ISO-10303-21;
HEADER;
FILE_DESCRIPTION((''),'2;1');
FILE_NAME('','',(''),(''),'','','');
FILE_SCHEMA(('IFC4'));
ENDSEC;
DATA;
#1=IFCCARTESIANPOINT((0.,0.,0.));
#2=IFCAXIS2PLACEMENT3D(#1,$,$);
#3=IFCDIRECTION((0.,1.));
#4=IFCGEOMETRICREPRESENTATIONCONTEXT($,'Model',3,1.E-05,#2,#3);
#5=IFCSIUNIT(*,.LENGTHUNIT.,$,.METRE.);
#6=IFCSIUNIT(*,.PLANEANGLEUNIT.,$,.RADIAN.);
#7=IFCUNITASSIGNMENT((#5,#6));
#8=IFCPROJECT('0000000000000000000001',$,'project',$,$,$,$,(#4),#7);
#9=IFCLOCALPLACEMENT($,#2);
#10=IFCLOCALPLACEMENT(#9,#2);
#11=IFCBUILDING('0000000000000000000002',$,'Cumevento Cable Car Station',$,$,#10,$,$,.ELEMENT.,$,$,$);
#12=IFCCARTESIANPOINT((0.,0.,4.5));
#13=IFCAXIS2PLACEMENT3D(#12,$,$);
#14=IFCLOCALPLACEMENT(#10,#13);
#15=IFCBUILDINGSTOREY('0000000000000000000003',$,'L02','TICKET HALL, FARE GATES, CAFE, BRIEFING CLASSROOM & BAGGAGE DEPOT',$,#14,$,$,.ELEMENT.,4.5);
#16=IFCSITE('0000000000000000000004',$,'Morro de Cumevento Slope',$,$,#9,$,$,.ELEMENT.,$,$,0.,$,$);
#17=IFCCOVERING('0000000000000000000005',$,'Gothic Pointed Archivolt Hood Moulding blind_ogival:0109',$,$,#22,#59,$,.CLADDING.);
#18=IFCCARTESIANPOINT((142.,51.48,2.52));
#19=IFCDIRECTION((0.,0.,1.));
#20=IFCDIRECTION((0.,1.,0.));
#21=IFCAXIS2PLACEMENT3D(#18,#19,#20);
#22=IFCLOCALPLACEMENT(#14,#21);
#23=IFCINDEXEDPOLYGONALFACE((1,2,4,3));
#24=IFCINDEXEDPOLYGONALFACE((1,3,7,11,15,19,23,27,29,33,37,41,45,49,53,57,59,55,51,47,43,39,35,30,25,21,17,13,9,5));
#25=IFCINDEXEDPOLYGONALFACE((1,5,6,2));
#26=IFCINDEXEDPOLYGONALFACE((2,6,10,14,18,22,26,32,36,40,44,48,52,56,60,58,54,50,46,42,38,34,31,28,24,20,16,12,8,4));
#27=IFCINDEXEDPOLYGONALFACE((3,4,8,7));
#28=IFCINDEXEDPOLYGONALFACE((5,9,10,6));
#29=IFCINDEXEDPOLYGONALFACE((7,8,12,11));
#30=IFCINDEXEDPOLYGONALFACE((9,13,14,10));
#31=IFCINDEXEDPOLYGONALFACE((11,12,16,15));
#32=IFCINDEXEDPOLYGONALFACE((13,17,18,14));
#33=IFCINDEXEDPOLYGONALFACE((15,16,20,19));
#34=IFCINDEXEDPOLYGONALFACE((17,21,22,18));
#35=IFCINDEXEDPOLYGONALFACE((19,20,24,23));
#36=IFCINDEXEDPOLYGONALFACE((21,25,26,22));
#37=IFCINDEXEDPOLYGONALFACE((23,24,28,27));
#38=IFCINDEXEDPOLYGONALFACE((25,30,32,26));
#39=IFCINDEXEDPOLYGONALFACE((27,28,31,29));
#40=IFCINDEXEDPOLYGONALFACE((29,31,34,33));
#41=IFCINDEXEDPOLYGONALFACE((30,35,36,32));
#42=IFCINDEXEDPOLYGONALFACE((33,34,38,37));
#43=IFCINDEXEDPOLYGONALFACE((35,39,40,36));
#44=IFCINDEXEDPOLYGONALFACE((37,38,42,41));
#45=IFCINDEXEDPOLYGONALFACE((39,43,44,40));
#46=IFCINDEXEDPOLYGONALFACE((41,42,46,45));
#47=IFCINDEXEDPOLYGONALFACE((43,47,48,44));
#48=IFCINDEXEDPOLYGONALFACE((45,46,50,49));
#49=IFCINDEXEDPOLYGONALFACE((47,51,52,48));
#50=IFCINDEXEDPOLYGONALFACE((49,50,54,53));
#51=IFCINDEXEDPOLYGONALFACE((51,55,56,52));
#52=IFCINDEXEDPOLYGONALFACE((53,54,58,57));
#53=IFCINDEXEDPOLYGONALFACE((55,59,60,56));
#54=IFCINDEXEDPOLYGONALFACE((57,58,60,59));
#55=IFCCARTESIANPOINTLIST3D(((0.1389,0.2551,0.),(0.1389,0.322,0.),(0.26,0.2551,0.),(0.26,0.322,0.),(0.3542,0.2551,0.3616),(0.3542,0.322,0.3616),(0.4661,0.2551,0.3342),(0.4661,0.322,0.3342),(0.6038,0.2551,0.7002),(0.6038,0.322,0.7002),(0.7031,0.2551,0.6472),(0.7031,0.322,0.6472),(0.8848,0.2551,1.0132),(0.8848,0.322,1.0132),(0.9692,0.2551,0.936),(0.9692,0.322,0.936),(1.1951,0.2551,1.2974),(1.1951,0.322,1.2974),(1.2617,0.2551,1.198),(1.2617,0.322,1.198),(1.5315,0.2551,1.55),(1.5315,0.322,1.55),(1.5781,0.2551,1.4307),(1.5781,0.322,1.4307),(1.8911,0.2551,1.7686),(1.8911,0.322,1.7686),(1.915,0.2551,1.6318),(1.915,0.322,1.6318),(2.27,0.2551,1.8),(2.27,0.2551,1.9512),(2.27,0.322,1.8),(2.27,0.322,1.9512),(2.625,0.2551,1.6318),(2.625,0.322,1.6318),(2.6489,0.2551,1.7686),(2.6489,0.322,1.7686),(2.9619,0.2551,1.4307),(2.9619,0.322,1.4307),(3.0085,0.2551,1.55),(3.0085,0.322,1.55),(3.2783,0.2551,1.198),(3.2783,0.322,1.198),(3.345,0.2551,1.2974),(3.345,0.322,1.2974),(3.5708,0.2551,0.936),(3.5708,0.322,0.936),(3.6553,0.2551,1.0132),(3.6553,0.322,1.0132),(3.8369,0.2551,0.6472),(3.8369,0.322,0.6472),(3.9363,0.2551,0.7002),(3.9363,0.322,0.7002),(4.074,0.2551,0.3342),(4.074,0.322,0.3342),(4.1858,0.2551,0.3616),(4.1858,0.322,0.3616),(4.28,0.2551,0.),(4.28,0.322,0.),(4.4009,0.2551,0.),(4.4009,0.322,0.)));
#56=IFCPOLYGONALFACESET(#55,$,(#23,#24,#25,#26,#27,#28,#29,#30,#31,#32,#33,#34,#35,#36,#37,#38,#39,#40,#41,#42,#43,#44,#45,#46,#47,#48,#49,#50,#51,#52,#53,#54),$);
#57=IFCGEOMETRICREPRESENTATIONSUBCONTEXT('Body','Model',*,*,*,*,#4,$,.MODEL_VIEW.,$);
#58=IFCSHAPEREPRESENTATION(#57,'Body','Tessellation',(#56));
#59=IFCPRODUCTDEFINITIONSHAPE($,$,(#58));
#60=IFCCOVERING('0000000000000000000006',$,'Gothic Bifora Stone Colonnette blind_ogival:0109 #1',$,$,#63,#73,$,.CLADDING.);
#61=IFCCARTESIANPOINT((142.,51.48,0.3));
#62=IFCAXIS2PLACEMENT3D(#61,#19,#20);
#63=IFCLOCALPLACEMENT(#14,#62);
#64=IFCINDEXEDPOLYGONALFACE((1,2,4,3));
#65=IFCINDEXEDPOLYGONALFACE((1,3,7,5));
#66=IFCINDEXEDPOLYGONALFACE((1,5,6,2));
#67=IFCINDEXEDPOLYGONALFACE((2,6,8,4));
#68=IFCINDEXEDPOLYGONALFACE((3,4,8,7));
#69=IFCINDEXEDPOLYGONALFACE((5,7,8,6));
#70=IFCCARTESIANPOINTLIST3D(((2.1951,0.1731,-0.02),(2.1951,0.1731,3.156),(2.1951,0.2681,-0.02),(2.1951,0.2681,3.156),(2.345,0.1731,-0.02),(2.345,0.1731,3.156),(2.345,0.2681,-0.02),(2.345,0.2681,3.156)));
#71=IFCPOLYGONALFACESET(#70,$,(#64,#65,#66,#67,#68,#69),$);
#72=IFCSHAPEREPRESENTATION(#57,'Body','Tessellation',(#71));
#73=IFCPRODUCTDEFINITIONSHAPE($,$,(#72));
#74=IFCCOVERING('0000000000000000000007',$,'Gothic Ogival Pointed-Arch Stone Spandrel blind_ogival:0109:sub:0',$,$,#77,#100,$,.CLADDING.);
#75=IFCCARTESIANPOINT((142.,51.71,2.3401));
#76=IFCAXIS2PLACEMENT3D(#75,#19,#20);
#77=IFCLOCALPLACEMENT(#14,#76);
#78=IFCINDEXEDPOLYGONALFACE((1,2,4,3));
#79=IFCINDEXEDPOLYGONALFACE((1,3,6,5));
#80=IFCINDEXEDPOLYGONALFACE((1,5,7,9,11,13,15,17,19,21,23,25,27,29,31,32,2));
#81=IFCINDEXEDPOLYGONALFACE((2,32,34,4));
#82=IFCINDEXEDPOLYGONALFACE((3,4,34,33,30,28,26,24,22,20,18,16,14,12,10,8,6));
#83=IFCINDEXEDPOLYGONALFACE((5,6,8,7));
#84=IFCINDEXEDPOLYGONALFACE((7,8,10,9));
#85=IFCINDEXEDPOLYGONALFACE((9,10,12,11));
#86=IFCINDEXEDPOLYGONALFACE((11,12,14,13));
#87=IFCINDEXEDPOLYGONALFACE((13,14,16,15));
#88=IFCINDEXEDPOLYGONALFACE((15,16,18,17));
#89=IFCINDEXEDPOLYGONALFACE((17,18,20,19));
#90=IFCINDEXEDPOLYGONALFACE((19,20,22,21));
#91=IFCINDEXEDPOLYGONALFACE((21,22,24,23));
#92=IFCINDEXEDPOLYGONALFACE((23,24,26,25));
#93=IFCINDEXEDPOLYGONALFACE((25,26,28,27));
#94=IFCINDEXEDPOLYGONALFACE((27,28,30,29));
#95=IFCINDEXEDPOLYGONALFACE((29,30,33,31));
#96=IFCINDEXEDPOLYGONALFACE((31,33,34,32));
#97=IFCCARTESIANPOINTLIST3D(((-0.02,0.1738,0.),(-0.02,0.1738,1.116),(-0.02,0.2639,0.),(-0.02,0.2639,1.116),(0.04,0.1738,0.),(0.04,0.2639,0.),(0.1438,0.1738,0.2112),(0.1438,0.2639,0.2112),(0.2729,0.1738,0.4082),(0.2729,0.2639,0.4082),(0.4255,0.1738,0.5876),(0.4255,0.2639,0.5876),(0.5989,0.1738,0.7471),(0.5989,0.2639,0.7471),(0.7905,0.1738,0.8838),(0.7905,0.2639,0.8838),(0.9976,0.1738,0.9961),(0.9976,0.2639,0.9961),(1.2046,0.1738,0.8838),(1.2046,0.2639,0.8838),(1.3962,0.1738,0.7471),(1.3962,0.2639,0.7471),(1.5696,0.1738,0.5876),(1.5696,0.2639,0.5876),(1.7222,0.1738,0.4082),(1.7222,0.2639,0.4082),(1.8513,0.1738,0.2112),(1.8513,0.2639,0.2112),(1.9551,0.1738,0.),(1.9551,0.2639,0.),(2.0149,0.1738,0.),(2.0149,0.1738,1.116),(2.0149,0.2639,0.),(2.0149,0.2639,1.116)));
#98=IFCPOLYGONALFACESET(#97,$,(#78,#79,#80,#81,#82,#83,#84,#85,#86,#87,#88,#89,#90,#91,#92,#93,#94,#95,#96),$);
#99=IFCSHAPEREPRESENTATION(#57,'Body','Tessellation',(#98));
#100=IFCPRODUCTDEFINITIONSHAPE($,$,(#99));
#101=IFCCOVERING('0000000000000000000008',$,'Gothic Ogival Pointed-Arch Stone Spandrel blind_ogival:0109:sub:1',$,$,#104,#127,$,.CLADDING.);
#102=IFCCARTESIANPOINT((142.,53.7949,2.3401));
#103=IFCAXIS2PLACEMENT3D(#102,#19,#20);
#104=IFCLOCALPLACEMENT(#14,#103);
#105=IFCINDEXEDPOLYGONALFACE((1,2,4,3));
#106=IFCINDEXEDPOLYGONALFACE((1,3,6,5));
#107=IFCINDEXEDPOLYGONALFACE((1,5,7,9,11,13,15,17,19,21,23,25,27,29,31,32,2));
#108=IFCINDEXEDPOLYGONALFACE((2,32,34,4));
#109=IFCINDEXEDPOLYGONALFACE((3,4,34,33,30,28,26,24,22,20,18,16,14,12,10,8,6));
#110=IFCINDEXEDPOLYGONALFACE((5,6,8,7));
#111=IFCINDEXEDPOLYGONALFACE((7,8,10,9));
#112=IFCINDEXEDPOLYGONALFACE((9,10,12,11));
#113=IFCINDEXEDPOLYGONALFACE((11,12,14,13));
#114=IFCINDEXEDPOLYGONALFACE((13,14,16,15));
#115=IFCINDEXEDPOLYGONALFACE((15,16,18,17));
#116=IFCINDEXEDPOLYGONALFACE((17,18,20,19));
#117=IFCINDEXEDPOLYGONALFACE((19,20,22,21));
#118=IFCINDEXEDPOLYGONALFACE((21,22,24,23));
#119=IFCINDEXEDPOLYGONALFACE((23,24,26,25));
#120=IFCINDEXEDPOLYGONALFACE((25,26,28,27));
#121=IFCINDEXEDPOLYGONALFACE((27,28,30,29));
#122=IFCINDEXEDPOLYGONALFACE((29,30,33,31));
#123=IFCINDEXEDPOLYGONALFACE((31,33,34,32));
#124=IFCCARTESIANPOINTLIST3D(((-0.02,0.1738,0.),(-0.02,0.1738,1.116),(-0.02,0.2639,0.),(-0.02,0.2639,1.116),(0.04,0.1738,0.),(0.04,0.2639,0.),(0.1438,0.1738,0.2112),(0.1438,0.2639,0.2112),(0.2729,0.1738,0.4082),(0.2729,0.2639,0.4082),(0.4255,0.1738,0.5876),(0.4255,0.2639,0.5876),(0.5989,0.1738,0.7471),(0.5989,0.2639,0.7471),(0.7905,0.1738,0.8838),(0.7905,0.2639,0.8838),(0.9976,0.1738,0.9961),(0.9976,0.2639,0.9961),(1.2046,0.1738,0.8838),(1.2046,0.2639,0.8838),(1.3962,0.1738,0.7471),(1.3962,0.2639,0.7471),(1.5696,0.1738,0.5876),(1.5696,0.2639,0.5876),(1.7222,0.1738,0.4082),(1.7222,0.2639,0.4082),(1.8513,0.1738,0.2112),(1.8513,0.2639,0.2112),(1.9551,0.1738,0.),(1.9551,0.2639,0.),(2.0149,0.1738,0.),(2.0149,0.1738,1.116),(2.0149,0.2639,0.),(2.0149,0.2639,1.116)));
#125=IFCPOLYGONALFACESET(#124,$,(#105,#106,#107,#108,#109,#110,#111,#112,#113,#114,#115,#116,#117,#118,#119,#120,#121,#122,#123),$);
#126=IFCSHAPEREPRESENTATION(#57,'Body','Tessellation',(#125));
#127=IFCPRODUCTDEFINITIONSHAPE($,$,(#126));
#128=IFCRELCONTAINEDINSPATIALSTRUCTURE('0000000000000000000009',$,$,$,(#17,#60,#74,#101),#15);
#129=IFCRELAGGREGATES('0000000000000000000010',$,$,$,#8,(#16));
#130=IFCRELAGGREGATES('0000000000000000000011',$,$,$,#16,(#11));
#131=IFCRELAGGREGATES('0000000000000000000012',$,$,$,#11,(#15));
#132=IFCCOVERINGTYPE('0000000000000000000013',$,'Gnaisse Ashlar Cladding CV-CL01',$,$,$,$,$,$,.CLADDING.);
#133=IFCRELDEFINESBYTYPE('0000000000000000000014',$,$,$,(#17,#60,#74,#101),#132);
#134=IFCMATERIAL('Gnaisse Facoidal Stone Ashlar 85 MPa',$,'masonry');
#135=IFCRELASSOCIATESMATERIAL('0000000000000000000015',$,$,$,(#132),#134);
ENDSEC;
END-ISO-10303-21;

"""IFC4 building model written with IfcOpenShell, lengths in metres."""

from ifc_helpers import new_model, si_unit, direction, frame, origin, place, context, subcontext, project, spatial, polyline, outline, extrude, material, type_object, element, save


model = new_model("IFC4")

# Units and contexts
model_context = context("Model", 3, precision=1e-05, world=origin(), true_north=direction((0.0, 1.0)))
body_context = subcontext(model_context, "Body", "Model", "MODEL_VIEW")
ifc_project = project(units=[si_unit("LENGTHUNIT", "METRE"), si_unit("PLANEANGLEUNIT", "RADIAN")], contexts=[model_context])

# Site, building, storey
site_placement = place(None, origin())
site = spatial("IfcSite", under=ifc_project, at=site_placement, Name="Morro de Cumevento Slope", CompositionType="ELEMENT", RefElevation=0.0)
building_placement = place(site_placement, origin())
building = spatial("IfcBuilding", under=site, at=building_placement, Name="Cumevento Cable Car Station", CompositionType="ELEMENT")
storey_placement = place(building_placement, frame((0.0, 0.0, 4.5)))
storey = spatial("IfcBuildingStorey", under=building, at=storey_placement, Name="L02", Description="TICKET HALL, FARE GATES, CAFE, BRIEFING CLASSROOM & BAGGAGE DEPOT", CompositionType="ELEMENT", Elevation=4.5)

# Coverings
ifc_material_1 = material(Name="Gnaisse Facoidal Stone Ashlar 85 MPa", Category="masonry")
covering_type = type_object("IfcCoveringType", Name="Gnaisse Ashlar Cladding CV-CL01", PredefinedType="CLADDING", material=ifc_material_1)
placement_1 = place(storey_placement, frame((142.0, 51.48, 0.3), z_axis=(0.0, 0.0, 1.0), x_axis=(0.0, 1.0, 0.0)))
covering_1_placement = place(storey_placement, frame((142.0, 51.48, 2.52), z_axis=(0.0, 0.0, 1.0), x_axis=(0.0, 1.0, 0.0)))
element("IfcCovering", 1, at=covering_1_placement, inside=storey, type_object=covering_type, Name="Gothic Pointed Archivolt Hood Moulding blind_ogival:0109", PredefinedType="CLADDING", context=body_context, shape_type="SweptSolid", body=[
    extrude(outline(polyline([(0.26, 0.0), (0.4661, 0.3342), (0.7031, 0.6472), (0.9692, 0.936), (1.2617, 1.198), (1.5781, 1.4307), (1.915, 1.6318), (2.27, 1.8), (2.625, 1.6318), (2.9619, 1.4307), (3.2783, 1.198), (3.5708, 0.936), (3.8369, 0.6472), (4.074, 0.3342), (4.28, 0.0), (4.4009, 0.0), (4.1858, 0.3616), (3.9363, 0.7002), (3.6553, 1.0132), (3.345, 1.2974), (3.0085, 1.55), (2.6489, 1.7686), (2.27, 1.9512), (1.8911, 1.7686), (1.5315, 1.55), (1.1951, 1.2974), (0.8848, 1.0132), (0.6038, 0.7002), (0.3542, 0.3616), (0.1389, 0.0), (0.26, 0.0)])), frame((0.0, 0.322, 0.0), z_axis=(0.0, -1.0, 0.0), x_axis=(1.0, 0.0, 0.0)), (0.0, 0.0, 1.0), 0.0669),
])
element("IfcCovering", 2, at=placement_1, inside=storey, type_object=covering_type, Name="Gothic Bifora Stone Colonnette blind_ogival:0109 #1", PredefinedType="CLADDING", context=body_context, shape_type="SweptSolid", body=[
    extrude(outline(polyline([(2.1951, -0.02), (2.345, -0.02), (2.345, 3.156), (2.1951, 3.156), (2.1951, -0.02)])), frame((0.0, 0.2681, 0.0), z_axis=(0.0, -1.0, 0.0), x_axis=(1.0, 0.0, 0.0)), (0.0, 0.0, 1.0), 0.095),
])
for number, where, z_axis, x_axis, name in (
    (3, (142.0, 51.71, 2.3401), (0.0, 0.0, 1.0), (0.0, 1.0, 0.0), "Gothic Ogival Pointed-Arch Stone Spandrel blind_ogival:0109:sub:0"),
    (4, (142.0, 53.7949, 2.3401), (0.0, 0.0, 1.0), (0.0, 1.0, 0.0), "Gothic Ogival Pointed-Arch Stone Spandrel blind_ogival:0109:sub:1"),
):
    element("IfcCovering", number, at=place(storey_placement, frame(where, z_axis=z_axis, x_axis=x_axis)), inside=storey, type_object=covering_type, Name=name, PredefinedType="CLADDING", context=body_context, shape_type="SweptSolid", body=[
        extrude(outline(polyline([(-0.02, 0.0), (-0.02, 1.116), (2.0149, 1.116), (2.0149, 0.0), (1.9551, 0.0), (1.8513, 0.2112), (1.7222, 0.4082), (1.5696, 0.5876), (1.3962, 0.7471), (1.2046, 0.8838), (0.9976, 0.9961), (0.7905, 0.8838), (0.5989, 0.7471), (0.4255, 0.5876), (0.2729, 0.4082), (0.1438, 0.2112), (0.04, 0.0), (-0.02, 0.0)])), frame((0.0, 0.2639, 0.0), z_axis=(0.0, -1.0, 0.0), x_axis=(1.0, 0.0, 0.0)), (0.0, 0.0, 1.0), 0.0901),
    ])

save(model, "model.ifc")
